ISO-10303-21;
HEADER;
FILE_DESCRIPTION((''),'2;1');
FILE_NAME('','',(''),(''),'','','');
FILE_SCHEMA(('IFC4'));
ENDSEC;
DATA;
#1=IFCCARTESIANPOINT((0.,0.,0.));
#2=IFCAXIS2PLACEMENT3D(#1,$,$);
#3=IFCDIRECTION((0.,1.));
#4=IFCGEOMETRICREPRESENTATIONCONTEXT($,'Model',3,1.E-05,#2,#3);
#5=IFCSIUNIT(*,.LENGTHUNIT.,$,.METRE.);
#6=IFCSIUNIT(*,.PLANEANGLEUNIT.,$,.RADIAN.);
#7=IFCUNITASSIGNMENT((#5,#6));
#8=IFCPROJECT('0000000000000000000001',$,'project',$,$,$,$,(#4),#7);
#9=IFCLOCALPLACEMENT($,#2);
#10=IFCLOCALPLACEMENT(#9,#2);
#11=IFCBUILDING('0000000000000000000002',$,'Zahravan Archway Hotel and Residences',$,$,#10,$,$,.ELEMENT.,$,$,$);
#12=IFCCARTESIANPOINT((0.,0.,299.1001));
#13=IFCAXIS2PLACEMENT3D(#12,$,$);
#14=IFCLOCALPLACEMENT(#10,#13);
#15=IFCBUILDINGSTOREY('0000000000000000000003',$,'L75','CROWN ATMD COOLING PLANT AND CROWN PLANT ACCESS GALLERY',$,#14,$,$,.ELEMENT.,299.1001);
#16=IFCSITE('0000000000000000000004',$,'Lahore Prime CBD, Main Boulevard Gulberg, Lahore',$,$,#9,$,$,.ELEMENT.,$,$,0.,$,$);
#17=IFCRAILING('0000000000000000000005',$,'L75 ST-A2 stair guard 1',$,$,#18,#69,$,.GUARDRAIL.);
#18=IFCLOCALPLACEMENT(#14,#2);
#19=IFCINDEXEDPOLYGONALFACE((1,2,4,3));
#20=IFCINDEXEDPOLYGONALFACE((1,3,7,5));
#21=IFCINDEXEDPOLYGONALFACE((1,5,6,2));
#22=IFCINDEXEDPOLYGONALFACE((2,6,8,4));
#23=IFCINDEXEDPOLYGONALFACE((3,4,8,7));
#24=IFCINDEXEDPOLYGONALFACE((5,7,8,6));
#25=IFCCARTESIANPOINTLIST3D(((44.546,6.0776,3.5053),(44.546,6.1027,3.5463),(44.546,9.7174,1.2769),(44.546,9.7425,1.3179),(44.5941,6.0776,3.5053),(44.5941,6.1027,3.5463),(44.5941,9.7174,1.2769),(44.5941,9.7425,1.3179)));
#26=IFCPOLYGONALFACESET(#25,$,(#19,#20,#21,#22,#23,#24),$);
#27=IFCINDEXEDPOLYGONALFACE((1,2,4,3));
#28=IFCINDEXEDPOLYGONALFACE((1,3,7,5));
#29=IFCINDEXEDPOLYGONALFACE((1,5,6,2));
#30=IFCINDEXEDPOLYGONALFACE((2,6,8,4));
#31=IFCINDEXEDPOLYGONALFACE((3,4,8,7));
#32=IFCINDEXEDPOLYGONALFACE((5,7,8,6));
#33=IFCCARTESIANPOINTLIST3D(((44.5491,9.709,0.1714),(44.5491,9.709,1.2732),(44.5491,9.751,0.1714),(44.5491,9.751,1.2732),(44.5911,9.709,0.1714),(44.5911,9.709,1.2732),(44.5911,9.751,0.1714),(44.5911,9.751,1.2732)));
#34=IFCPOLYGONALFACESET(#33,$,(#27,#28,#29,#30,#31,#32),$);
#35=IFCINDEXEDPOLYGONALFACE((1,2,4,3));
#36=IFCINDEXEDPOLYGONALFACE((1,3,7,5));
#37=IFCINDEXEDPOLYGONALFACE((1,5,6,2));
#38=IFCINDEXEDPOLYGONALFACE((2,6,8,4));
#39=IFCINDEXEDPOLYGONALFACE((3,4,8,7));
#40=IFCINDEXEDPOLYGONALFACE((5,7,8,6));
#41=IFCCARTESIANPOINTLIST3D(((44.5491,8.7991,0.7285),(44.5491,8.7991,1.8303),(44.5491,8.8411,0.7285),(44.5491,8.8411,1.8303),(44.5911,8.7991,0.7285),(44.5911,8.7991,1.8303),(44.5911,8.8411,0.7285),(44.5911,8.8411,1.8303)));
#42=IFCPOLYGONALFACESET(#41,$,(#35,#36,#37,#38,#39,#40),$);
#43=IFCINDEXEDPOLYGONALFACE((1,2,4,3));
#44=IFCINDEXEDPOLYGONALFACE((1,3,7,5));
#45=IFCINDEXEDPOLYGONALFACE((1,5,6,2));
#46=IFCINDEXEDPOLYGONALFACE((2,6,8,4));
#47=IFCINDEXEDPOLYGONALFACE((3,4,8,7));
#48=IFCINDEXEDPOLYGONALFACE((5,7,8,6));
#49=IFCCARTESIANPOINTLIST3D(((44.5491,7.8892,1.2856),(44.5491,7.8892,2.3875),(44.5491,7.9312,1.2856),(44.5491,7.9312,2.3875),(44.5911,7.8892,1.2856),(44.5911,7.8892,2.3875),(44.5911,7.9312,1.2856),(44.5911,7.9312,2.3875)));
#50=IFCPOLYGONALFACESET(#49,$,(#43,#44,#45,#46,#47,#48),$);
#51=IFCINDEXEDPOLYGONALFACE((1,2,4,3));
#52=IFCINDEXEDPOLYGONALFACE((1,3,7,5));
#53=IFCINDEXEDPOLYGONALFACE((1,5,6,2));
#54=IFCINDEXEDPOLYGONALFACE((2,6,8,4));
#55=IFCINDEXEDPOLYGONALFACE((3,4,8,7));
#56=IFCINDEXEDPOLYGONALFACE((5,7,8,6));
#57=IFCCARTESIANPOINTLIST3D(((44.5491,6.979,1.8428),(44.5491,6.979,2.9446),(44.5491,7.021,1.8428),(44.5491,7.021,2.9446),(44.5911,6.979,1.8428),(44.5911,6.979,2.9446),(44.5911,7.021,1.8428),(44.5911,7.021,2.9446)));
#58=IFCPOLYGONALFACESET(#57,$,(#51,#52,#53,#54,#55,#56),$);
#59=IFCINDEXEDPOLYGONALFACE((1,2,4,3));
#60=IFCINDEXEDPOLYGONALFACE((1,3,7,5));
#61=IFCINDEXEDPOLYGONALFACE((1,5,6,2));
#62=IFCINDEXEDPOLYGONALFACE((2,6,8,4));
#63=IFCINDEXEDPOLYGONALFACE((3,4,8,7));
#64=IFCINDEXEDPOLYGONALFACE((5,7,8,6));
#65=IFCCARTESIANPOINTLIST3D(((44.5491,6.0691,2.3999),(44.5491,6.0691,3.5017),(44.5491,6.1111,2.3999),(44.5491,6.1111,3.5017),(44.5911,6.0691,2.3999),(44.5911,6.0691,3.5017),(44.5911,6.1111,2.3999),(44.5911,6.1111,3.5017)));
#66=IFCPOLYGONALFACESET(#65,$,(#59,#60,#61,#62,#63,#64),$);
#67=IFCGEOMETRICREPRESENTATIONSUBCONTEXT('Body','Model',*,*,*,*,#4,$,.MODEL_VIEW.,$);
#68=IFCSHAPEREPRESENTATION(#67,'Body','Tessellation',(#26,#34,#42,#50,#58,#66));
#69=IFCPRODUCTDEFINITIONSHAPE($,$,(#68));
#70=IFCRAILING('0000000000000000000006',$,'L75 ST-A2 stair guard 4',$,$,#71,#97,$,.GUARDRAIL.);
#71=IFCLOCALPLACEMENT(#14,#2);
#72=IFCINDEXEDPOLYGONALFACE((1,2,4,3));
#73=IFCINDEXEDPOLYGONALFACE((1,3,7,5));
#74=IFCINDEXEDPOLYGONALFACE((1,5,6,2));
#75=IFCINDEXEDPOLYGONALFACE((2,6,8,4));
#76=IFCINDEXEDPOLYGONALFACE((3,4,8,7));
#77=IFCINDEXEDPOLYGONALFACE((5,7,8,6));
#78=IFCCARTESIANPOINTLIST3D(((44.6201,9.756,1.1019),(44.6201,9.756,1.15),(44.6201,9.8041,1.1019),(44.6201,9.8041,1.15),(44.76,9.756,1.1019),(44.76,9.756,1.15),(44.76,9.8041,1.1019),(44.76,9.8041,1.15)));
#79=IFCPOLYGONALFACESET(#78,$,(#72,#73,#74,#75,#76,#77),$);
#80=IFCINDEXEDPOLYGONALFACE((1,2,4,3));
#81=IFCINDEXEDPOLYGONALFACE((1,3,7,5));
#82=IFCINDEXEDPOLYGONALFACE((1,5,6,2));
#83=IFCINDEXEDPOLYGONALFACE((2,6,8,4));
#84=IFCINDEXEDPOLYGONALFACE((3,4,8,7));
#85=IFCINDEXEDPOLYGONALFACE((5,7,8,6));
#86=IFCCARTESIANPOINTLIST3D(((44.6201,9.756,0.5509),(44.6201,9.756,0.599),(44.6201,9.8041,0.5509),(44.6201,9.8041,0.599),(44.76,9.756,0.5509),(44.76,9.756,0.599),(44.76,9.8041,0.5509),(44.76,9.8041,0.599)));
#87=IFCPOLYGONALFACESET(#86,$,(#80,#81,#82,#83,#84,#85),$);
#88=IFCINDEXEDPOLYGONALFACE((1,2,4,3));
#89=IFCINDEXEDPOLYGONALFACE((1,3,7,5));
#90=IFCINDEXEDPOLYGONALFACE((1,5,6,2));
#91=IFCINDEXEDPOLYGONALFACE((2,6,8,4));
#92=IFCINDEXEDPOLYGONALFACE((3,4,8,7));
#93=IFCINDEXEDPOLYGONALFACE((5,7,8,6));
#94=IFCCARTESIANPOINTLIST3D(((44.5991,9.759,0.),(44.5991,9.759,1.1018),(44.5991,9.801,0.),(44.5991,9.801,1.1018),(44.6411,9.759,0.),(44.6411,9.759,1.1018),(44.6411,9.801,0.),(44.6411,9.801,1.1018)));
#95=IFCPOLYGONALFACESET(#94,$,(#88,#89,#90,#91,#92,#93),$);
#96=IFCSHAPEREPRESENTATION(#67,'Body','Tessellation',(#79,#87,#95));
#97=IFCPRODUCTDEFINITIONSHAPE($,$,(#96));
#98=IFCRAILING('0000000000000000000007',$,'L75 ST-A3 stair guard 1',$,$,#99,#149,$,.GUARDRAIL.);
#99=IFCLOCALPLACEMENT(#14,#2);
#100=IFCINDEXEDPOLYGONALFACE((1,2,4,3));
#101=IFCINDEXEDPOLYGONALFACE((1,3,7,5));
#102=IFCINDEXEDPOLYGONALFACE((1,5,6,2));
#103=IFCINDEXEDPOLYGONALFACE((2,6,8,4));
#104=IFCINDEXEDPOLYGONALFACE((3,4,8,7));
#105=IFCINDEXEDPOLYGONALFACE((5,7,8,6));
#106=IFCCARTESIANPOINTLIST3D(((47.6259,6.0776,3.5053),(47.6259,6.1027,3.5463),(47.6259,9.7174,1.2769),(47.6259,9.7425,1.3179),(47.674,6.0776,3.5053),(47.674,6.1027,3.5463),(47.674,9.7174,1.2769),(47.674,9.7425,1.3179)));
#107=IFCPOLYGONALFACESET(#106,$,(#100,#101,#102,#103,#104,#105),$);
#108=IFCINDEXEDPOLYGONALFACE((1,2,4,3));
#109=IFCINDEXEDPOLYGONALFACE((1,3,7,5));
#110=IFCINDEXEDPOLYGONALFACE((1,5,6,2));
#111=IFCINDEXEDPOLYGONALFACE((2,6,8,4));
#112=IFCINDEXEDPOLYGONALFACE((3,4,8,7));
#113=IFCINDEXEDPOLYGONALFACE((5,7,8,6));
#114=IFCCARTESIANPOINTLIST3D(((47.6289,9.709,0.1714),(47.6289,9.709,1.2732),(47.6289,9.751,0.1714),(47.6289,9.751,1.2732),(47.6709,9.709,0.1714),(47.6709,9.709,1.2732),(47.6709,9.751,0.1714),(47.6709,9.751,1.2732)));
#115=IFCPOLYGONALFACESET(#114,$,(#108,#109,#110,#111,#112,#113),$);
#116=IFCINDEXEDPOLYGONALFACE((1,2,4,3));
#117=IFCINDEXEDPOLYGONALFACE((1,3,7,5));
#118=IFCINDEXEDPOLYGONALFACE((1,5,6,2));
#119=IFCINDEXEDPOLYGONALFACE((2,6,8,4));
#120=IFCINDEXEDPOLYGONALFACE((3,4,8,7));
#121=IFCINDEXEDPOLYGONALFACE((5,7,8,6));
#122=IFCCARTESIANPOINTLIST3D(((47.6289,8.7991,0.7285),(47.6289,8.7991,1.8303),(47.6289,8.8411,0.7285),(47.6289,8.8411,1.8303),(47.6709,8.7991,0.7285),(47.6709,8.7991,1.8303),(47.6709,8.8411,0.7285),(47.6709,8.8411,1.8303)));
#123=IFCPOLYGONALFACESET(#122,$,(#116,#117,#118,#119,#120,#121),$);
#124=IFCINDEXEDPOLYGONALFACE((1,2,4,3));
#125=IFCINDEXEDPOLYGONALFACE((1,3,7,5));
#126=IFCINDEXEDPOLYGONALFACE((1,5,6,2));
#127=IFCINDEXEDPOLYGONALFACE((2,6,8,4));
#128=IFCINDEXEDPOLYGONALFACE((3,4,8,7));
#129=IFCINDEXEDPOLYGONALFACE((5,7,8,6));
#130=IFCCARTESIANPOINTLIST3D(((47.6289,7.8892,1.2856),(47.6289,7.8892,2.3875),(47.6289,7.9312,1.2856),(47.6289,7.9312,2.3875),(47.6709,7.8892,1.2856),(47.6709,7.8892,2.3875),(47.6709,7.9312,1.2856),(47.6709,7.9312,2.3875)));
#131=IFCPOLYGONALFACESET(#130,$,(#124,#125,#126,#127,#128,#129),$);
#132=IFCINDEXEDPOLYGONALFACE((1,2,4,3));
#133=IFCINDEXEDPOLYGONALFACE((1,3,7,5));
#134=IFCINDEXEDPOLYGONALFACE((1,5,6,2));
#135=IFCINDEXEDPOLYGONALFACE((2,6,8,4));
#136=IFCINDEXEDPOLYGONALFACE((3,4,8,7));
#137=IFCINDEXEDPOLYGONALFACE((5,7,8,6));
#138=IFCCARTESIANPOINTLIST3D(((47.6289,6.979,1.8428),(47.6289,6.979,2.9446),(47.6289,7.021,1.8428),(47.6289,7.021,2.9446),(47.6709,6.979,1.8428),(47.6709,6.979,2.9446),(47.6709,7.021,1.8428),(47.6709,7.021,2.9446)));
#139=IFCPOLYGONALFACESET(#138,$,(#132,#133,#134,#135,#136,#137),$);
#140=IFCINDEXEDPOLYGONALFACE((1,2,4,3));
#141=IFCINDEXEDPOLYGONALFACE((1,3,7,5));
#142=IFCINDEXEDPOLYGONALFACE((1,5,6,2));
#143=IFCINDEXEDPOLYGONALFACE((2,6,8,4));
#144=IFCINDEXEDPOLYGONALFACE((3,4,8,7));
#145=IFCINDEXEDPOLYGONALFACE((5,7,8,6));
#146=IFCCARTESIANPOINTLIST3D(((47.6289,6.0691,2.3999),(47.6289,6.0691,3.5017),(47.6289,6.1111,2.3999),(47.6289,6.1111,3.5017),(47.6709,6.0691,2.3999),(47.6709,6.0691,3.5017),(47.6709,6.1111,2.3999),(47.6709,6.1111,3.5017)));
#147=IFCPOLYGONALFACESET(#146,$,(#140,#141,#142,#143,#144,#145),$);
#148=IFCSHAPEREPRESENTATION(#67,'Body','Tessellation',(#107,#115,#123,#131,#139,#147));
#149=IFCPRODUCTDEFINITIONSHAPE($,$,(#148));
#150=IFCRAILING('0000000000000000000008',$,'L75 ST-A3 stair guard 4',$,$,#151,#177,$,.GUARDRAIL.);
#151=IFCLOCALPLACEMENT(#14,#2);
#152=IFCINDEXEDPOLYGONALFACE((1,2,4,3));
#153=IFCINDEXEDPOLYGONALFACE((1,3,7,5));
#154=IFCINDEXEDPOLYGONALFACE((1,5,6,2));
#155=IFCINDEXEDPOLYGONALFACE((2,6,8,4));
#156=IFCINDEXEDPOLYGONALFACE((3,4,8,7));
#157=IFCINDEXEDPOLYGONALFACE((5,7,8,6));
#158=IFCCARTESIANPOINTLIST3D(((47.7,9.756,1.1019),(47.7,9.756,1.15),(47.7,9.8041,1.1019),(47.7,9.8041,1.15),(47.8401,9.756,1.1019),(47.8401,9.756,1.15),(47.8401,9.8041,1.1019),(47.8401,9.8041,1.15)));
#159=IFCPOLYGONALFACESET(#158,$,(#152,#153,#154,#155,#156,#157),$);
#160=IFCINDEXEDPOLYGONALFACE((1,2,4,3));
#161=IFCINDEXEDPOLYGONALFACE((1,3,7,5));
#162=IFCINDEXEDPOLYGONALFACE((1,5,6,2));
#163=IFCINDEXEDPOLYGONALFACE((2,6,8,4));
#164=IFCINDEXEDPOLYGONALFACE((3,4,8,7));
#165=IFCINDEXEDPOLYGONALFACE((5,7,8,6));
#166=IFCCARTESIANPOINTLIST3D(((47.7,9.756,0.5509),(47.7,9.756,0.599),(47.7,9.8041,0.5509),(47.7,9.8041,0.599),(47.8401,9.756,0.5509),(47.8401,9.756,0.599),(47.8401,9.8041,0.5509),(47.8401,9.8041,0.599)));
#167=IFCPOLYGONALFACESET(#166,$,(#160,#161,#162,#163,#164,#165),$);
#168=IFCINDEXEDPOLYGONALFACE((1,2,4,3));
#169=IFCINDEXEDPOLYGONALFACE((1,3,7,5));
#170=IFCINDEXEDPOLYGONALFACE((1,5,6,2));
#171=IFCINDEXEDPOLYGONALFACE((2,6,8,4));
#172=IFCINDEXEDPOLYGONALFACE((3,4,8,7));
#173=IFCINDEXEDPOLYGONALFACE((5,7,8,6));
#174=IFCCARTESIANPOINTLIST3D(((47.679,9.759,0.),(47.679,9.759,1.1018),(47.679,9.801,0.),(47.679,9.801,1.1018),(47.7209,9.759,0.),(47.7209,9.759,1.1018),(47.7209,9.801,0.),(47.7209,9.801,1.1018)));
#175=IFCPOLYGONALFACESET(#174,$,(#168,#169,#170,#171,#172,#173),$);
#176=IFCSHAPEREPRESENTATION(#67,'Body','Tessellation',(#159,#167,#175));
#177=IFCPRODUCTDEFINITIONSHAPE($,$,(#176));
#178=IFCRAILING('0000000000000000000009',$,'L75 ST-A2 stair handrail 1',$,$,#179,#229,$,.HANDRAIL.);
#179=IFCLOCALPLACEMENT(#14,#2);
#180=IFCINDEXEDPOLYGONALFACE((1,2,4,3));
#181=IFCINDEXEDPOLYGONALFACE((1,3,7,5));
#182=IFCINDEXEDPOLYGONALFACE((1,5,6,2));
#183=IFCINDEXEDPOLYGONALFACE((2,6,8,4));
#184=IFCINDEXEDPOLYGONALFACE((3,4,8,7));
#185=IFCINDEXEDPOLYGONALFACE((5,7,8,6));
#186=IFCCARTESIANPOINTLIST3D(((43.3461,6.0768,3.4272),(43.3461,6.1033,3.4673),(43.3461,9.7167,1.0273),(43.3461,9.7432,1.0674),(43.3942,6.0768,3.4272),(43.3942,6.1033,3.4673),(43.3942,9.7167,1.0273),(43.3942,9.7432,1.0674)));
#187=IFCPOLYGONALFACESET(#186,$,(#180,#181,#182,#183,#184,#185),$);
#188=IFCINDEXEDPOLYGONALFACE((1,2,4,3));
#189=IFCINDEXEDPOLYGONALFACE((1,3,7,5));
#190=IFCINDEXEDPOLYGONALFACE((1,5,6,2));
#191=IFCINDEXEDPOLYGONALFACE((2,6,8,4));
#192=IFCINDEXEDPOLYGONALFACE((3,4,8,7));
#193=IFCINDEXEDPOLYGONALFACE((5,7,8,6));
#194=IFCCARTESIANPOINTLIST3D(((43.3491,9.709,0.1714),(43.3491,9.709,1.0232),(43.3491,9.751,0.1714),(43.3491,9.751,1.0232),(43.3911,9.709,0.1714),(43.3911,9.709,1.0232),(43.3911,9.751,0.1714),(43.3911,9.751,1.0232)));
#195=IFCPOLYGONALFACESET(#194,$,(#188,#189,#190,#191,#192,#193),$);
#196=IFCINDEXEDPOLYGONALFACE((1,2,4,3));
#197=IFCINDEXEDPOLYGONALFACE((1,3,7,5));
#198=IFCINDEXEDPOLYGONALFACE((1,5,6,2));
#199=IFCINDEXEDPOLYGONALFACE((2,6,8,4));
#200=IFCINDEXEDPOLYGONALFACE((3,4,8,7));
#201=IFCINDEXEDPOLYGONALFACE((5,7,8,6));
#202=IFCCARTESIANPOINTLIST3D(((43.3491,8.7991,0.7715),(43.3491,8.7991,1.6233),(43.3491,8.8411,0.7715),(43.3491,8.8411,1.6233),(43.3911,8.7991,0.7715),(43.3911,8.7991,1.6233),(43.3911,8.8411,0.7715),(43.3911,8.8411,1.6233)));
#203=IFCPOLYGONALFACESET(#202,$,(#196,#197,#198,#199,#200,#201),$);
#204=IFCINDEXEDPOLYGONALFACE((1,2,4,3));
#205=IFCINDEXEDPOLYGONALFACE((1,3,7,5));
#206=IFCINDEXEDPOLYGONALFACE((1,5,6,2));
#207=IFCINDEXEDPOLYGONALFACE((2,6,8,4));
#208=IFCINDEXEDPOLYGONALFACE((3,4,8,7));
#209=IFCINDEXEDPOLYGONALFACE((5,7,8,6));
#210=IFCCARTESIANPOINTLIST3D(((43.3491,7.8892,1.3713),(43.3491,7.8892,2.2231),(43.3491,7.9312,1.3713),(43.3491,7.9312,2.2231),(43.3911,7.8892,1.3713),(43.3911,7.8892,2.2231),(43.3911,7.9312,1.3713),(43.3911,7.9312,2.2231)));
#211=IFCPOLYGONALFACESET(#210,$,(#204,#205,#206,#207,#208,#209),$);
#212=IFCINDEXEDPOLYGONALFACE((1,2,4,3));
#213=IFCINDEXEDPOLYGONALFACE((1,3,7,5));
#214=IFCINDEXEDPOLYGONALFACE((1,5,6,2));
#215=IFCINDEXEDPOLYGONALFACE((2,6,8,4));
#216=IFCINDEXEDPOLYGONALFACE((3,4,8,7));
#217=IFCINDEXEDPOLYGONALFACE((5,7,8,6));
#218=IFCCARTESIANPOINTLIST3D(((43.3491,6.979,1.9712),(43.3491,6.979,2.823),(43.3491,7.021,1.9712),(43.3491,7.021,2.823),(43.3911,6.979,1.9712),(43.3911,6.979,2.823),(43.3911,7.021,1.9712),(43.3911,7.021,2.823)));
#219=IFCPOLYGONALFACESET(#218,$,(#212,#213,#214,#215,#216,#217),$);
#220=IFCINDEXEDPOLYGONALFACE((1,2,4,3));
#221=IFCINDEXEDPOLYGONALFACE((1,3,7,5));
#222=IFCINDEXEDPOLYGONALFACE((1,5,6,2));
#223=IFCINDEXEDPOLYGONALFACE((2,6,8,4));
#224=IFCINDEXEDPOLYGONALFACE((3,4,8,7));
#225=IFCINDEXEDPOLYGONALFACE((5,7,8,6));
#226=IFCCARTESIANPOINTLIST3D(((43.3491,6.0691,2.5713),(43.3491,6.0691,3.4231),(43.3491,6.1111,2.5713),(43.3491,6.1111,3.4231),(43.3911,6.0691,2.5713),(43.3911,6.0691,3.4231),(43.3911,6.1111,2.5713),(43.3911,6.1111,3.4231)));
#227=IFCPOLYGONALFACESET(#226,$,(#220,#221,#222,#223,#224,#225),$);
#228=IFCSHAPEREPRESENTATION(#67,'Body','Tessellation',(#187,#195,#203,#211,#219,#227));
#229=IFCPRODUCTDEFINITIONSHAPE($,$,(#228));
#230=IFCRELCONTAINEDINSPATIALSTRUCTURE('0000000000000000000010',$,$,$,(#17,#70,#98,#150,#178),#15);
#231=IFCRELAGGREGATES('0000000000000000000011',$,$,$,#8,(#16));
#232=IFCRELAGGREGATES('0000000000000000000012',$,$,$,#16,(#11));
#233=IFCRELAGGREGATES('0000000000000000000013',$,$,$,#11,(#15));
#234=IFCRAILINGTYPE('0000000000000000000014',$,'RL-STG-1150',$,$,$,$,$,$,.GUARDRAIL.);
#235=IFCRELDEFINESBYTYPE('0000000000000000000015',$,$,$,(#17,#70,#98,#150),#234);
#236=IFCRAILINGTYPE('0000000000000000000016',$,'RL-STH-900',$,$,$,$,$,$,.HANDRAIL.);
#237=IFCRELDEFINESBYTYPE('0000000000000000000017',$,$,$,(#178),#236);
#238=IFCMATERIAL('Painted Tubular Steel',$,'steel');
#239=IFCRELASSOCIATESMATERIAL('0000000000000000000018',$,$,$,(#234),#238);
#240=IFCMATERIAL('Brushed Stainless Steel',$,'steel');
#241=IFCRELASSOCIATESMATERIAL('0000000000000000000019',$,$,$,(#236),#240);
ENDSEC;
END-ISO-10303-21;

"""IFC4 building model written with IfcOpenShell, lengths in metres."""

from ifc_helpers import new_model, si_unit, direction, frame, origin, origin_2d, place, context, subcontext, project, spatial, rectangle, extrude, material, type_object, element, save


model = new_model("IFC4")

# Units and contexts
model_context = context("Model", 3, precision=1e-05, world=origin(), true_north=direction((0.0, 1.0)))
body_context = subcontext(model_context, "Body", "Model", "MODEL_VIEW")
ifc_project = project(units=[si_unit("LENGTHUNIT", "METRE"), si_unit("PLANEANGLEUNIT", "RADIAN")], contexts=[model_context])

# Site, building, storey
site_placement = place(None, origin())
site = spatial("IfcSite", under=ifc_project, at=site_placement, Name="Lahore Prime CBD, Main Boulevard Gulberg, Lahore", CompositionType="ELEMENT", RefElevation=0.0)
building_placement = place(site_placement, origin())
building = spatial("IfcBuilding", under=site, at=building_placement, Name="Zahravan Archway Hotel and Residences", CompositionType="ELEMENT")
storey_placement = place(building_placement, frame((0.0, 0.0, 299.1001)))
storey = spatial("IfcBuildingStorey", under=building, at=storey_placement, Name="L75", Description="CROWN ATMD COOLING PLANT AND CROWN PLANT ACCESS GALLERY", CompositionType="ELEMENT", Elevation=299.1001)

# Shared definitions
ifc_material_1 = material(Name="Brushed Stainless Steel", Category="steel")

# Railings
ifc_material_2 = material(Name="Painted Tubular Steel", Category="steel")
railing_type_1 = type_object("IfcRailingType", Name="RL-STG-1150", PredefinedType="GUARDRAIL", material=ifc_material_2)
railing_1_placement = place(storey_placement, frame((44.5701, 9.73, 0.1714)))
element("IfcRailing", 1, at=railing_1_placement, inside=storey, type_object=railing_type_1, Name="L75 ST-A2 stair guard 1", PredefinedType="GUARDRAIL", context=body_context, shape_type="SweptSolid", body=[
    extrude(rectangle(XDim=0.0481, YDim=0.0481, at=origin_2d()), frame((0.0, 0.0, 1.126), z_axis=(0.0, -0.85285, 0.522156), x_axis=(1.0, 0.0, 0.0)), (0.0, 0.0, 1.0), 4.2678),
    extrude(rectangle(XDim=0.042, YDim=0.042, at=origin_2d()), origin(), (0.0, 0.0, 1.0), 1.1018),
    extrude(rectangle(XDim=0.042, YDim=0.042, at=origin_2d()), frame((0.0, -0.9099, 0.5571)), (0.0, 0.0, 1.0), 1.1018),
    extrude(rectangle(XDim=0.042, YDim=0.042, at=origin_2d()), frame((0.0, -1.8198, 1.1143)), (0.0, 0.0, 1.0), 1.1018),
    extrude(rectangle(XDim=0.042, YDim=0.042, at=origin_2d()), frame((0.0, -2.73, 1.6714)), (0.0, 0.0, 1.0), 1.1018),
    extrude(rectangle(XDim=0.042, YDim=0.042, at=origin_2d()), frame((0.0, -3.6399, 2.2285)), (0.0, 0.0, 1.0), 1.1018),
])
railing_2_placement = place(storey_placement, frame((44.6201, 9.78, 0.0)))
element("IfcRailing", 2, at=railing_2_placement, inside=storey, type_object=railing_type_1, Name="L75 ST-A2 stair guard 4", PredefinedType="GUARDRAIL", context=body_context, shape_type="SweptSolid", body=[
    extrude(rectangle(XDim=0.0481, YDim=0.0481, at=origin_2d()), frame((0.0, 0.0, 1.126), z_axis=(1.0, 0.0, 0.0), x_axis=(0.0, 1.0, 0.0)), (0.0, 0.0, 1.0), 0.1399),
    extrude(rectangle(XDim=0.0481, YDim=0.0481, at=origin_2d()), frame((0.0, 0.0, 0.575), z_axis=(1.0, 0.0, 0.0), x_axis=(0.0, 1.0, 0.0)), (0.0, 0.0, 1.0), 0.1399),
    extrude(rectangle(XDim=0.042, YDim=0.042, at=origin_2d()), origin(), (0.0, 0.0, 1.0), 1.1018),
])
railing_3_placement = place(storey_placement, frame((47.6499, 9.73, 0.1714)))
element("IfcRailing", 3, at=railing_3_placement, inside=storey, type_object=railing_type_1, Name="L75 ST-A3 stair guard 1", PredefinedType="GUARDRAIL", context=body_context, shape_type="SweptSolid", body=[
    extrude(rectangle(XDim=0.0481, YDim=0.0481, at=origin_2d()), frame((0.0, 0.0, 1.126), z_axis=(0.0, -0.85285, 0.522156), x_axis=(1.0, 0.0, 0.0)), (0.0, 0.0, 1.0), 4.2678),
    extrude(rectangle(XDim=0.042, YDim=0.042, at=origin_2d()), origin(), (0.0, 0.0, 1.0), 1.1018),
    extrude(rectangle(XDim=0.042, YDim=0.042, at=origin_2d()), frame((0.0, -0.9099, 0.5571)), (0.0, 0.0, 1.0), 1.1018),
    extrude(rectangle(XDim=0.042, YDim=0.042, at=origin_2d()), frame((0.0, -1.8198, 1.1143)), (0.0, 0.0, 1.0), 1.1018),
    extrude(rectangle(XDim=0.042, YDim=0.042, at=origin_2d()), frame((0.0, -2.73, 1.6714)), (0.0, 0.0, 1.0), 1.1018),
    extrude(rectangle(XDim=0.042, YDim=0.042, at=origin_2d()), frame((0.0, -3.6399, 2.2285)), (0.0, 0.0, 1.0), 1.1018),
])
railing_4_placement = place(storey_placement, frame((47.7, 9.78, 0.0)))
element("IfcRailing", 4, at=railing_4_placement, inside=storey, type_object=railing_type_1, Name="L75 ST-A3 stair guard 4", PredefinedType="GUARDRAIL", context=body_context, shape_type="SweptSolid", body=[
    extrude(rectangle(XDim=0.0481, YDim=0.0481, at=origin_2d()), frame((0.0, 0.0, 1.126), z_axis=(1.0, 0.0, 0.0), x_axis=(0.0, 1.0, 0.0)), (0.0, 0.0, 1.0), 0.1401),
    extrude(rectangle(XDim=0.0481, YDim=0.0481, at=origin_2d()), frame((0.0, 0.0, 0.575), z_axis=(1.0, 0.0, 0.0), x_axis=(0.0, 1.0, 0.0)), (0.0, 0.0, 1.0), 0.1401),
    extrude(rectangle(XDim=0.042, YDim=0.042, at=origin_2d()), origin(), (0.0, 0.0, 1.0), 1.1018),
])
railing_type_2 = type_object("IfcRailingType", Name="RL-STH-900", PredefinedType="HANDRAIL", material=ifc_material_1)
for number, where, name in (
    (5, (43.3701, 9.73, 0.1714), "L75 ST-A2 stair handrail 1"),
):
    element("IfcRailing", number, at=place(storey_placement, frame(where)), inside=storey, type_object=railing_type_2, Name=name, PredefinedType="HANDRAIL", context=body_context, shape_type="SweptSolid", body=[
        extrude(rectangle(XDim=0.0481, YDim=0.0481, at=origin_2d()), frame((0.0, 0.0, 0.876), z_axis=(0.0, -0.834865, 0.550454), x_axis=(1.0, 0.0, 0.0)), (0.0, 0.0, 1.0), 4.3599),
        extrude(rectangle(XDim=0.042, YDim=0.042, at=origin_2d()), origin(), (0.0, 0.0, 1.0), 0.8518),
        extrude(rectangle(XDim=0.042, YDim=0.042, at=origin_2d()), frame((0.0, -0.9099, 0.6001)), (0.0, 0.0, 1.0), 0.8518),
        extrude(rectangle(XDim=0.042, YDim=0.042, at=origin_2d()), frame((0.0, -1.8198, 1.2)), (0.0, 0.0, 1.0), 0.8518),
        extrude(rectangle(XDim=0.042, YDim=0.042, at=origin_2d()), frame((0.0, -2.73, 1.7998)), (0.0, 0.0, 1.0), 0.8518),
        extrude(rectangle(XDim=0.042, YDim=0.042, at=origin_2d()), frame((0.0, -3.6399, 2.3999)), (0.0, 0.0, 1.0), 0.8518),
    ])

save(model, "model.ifc")
